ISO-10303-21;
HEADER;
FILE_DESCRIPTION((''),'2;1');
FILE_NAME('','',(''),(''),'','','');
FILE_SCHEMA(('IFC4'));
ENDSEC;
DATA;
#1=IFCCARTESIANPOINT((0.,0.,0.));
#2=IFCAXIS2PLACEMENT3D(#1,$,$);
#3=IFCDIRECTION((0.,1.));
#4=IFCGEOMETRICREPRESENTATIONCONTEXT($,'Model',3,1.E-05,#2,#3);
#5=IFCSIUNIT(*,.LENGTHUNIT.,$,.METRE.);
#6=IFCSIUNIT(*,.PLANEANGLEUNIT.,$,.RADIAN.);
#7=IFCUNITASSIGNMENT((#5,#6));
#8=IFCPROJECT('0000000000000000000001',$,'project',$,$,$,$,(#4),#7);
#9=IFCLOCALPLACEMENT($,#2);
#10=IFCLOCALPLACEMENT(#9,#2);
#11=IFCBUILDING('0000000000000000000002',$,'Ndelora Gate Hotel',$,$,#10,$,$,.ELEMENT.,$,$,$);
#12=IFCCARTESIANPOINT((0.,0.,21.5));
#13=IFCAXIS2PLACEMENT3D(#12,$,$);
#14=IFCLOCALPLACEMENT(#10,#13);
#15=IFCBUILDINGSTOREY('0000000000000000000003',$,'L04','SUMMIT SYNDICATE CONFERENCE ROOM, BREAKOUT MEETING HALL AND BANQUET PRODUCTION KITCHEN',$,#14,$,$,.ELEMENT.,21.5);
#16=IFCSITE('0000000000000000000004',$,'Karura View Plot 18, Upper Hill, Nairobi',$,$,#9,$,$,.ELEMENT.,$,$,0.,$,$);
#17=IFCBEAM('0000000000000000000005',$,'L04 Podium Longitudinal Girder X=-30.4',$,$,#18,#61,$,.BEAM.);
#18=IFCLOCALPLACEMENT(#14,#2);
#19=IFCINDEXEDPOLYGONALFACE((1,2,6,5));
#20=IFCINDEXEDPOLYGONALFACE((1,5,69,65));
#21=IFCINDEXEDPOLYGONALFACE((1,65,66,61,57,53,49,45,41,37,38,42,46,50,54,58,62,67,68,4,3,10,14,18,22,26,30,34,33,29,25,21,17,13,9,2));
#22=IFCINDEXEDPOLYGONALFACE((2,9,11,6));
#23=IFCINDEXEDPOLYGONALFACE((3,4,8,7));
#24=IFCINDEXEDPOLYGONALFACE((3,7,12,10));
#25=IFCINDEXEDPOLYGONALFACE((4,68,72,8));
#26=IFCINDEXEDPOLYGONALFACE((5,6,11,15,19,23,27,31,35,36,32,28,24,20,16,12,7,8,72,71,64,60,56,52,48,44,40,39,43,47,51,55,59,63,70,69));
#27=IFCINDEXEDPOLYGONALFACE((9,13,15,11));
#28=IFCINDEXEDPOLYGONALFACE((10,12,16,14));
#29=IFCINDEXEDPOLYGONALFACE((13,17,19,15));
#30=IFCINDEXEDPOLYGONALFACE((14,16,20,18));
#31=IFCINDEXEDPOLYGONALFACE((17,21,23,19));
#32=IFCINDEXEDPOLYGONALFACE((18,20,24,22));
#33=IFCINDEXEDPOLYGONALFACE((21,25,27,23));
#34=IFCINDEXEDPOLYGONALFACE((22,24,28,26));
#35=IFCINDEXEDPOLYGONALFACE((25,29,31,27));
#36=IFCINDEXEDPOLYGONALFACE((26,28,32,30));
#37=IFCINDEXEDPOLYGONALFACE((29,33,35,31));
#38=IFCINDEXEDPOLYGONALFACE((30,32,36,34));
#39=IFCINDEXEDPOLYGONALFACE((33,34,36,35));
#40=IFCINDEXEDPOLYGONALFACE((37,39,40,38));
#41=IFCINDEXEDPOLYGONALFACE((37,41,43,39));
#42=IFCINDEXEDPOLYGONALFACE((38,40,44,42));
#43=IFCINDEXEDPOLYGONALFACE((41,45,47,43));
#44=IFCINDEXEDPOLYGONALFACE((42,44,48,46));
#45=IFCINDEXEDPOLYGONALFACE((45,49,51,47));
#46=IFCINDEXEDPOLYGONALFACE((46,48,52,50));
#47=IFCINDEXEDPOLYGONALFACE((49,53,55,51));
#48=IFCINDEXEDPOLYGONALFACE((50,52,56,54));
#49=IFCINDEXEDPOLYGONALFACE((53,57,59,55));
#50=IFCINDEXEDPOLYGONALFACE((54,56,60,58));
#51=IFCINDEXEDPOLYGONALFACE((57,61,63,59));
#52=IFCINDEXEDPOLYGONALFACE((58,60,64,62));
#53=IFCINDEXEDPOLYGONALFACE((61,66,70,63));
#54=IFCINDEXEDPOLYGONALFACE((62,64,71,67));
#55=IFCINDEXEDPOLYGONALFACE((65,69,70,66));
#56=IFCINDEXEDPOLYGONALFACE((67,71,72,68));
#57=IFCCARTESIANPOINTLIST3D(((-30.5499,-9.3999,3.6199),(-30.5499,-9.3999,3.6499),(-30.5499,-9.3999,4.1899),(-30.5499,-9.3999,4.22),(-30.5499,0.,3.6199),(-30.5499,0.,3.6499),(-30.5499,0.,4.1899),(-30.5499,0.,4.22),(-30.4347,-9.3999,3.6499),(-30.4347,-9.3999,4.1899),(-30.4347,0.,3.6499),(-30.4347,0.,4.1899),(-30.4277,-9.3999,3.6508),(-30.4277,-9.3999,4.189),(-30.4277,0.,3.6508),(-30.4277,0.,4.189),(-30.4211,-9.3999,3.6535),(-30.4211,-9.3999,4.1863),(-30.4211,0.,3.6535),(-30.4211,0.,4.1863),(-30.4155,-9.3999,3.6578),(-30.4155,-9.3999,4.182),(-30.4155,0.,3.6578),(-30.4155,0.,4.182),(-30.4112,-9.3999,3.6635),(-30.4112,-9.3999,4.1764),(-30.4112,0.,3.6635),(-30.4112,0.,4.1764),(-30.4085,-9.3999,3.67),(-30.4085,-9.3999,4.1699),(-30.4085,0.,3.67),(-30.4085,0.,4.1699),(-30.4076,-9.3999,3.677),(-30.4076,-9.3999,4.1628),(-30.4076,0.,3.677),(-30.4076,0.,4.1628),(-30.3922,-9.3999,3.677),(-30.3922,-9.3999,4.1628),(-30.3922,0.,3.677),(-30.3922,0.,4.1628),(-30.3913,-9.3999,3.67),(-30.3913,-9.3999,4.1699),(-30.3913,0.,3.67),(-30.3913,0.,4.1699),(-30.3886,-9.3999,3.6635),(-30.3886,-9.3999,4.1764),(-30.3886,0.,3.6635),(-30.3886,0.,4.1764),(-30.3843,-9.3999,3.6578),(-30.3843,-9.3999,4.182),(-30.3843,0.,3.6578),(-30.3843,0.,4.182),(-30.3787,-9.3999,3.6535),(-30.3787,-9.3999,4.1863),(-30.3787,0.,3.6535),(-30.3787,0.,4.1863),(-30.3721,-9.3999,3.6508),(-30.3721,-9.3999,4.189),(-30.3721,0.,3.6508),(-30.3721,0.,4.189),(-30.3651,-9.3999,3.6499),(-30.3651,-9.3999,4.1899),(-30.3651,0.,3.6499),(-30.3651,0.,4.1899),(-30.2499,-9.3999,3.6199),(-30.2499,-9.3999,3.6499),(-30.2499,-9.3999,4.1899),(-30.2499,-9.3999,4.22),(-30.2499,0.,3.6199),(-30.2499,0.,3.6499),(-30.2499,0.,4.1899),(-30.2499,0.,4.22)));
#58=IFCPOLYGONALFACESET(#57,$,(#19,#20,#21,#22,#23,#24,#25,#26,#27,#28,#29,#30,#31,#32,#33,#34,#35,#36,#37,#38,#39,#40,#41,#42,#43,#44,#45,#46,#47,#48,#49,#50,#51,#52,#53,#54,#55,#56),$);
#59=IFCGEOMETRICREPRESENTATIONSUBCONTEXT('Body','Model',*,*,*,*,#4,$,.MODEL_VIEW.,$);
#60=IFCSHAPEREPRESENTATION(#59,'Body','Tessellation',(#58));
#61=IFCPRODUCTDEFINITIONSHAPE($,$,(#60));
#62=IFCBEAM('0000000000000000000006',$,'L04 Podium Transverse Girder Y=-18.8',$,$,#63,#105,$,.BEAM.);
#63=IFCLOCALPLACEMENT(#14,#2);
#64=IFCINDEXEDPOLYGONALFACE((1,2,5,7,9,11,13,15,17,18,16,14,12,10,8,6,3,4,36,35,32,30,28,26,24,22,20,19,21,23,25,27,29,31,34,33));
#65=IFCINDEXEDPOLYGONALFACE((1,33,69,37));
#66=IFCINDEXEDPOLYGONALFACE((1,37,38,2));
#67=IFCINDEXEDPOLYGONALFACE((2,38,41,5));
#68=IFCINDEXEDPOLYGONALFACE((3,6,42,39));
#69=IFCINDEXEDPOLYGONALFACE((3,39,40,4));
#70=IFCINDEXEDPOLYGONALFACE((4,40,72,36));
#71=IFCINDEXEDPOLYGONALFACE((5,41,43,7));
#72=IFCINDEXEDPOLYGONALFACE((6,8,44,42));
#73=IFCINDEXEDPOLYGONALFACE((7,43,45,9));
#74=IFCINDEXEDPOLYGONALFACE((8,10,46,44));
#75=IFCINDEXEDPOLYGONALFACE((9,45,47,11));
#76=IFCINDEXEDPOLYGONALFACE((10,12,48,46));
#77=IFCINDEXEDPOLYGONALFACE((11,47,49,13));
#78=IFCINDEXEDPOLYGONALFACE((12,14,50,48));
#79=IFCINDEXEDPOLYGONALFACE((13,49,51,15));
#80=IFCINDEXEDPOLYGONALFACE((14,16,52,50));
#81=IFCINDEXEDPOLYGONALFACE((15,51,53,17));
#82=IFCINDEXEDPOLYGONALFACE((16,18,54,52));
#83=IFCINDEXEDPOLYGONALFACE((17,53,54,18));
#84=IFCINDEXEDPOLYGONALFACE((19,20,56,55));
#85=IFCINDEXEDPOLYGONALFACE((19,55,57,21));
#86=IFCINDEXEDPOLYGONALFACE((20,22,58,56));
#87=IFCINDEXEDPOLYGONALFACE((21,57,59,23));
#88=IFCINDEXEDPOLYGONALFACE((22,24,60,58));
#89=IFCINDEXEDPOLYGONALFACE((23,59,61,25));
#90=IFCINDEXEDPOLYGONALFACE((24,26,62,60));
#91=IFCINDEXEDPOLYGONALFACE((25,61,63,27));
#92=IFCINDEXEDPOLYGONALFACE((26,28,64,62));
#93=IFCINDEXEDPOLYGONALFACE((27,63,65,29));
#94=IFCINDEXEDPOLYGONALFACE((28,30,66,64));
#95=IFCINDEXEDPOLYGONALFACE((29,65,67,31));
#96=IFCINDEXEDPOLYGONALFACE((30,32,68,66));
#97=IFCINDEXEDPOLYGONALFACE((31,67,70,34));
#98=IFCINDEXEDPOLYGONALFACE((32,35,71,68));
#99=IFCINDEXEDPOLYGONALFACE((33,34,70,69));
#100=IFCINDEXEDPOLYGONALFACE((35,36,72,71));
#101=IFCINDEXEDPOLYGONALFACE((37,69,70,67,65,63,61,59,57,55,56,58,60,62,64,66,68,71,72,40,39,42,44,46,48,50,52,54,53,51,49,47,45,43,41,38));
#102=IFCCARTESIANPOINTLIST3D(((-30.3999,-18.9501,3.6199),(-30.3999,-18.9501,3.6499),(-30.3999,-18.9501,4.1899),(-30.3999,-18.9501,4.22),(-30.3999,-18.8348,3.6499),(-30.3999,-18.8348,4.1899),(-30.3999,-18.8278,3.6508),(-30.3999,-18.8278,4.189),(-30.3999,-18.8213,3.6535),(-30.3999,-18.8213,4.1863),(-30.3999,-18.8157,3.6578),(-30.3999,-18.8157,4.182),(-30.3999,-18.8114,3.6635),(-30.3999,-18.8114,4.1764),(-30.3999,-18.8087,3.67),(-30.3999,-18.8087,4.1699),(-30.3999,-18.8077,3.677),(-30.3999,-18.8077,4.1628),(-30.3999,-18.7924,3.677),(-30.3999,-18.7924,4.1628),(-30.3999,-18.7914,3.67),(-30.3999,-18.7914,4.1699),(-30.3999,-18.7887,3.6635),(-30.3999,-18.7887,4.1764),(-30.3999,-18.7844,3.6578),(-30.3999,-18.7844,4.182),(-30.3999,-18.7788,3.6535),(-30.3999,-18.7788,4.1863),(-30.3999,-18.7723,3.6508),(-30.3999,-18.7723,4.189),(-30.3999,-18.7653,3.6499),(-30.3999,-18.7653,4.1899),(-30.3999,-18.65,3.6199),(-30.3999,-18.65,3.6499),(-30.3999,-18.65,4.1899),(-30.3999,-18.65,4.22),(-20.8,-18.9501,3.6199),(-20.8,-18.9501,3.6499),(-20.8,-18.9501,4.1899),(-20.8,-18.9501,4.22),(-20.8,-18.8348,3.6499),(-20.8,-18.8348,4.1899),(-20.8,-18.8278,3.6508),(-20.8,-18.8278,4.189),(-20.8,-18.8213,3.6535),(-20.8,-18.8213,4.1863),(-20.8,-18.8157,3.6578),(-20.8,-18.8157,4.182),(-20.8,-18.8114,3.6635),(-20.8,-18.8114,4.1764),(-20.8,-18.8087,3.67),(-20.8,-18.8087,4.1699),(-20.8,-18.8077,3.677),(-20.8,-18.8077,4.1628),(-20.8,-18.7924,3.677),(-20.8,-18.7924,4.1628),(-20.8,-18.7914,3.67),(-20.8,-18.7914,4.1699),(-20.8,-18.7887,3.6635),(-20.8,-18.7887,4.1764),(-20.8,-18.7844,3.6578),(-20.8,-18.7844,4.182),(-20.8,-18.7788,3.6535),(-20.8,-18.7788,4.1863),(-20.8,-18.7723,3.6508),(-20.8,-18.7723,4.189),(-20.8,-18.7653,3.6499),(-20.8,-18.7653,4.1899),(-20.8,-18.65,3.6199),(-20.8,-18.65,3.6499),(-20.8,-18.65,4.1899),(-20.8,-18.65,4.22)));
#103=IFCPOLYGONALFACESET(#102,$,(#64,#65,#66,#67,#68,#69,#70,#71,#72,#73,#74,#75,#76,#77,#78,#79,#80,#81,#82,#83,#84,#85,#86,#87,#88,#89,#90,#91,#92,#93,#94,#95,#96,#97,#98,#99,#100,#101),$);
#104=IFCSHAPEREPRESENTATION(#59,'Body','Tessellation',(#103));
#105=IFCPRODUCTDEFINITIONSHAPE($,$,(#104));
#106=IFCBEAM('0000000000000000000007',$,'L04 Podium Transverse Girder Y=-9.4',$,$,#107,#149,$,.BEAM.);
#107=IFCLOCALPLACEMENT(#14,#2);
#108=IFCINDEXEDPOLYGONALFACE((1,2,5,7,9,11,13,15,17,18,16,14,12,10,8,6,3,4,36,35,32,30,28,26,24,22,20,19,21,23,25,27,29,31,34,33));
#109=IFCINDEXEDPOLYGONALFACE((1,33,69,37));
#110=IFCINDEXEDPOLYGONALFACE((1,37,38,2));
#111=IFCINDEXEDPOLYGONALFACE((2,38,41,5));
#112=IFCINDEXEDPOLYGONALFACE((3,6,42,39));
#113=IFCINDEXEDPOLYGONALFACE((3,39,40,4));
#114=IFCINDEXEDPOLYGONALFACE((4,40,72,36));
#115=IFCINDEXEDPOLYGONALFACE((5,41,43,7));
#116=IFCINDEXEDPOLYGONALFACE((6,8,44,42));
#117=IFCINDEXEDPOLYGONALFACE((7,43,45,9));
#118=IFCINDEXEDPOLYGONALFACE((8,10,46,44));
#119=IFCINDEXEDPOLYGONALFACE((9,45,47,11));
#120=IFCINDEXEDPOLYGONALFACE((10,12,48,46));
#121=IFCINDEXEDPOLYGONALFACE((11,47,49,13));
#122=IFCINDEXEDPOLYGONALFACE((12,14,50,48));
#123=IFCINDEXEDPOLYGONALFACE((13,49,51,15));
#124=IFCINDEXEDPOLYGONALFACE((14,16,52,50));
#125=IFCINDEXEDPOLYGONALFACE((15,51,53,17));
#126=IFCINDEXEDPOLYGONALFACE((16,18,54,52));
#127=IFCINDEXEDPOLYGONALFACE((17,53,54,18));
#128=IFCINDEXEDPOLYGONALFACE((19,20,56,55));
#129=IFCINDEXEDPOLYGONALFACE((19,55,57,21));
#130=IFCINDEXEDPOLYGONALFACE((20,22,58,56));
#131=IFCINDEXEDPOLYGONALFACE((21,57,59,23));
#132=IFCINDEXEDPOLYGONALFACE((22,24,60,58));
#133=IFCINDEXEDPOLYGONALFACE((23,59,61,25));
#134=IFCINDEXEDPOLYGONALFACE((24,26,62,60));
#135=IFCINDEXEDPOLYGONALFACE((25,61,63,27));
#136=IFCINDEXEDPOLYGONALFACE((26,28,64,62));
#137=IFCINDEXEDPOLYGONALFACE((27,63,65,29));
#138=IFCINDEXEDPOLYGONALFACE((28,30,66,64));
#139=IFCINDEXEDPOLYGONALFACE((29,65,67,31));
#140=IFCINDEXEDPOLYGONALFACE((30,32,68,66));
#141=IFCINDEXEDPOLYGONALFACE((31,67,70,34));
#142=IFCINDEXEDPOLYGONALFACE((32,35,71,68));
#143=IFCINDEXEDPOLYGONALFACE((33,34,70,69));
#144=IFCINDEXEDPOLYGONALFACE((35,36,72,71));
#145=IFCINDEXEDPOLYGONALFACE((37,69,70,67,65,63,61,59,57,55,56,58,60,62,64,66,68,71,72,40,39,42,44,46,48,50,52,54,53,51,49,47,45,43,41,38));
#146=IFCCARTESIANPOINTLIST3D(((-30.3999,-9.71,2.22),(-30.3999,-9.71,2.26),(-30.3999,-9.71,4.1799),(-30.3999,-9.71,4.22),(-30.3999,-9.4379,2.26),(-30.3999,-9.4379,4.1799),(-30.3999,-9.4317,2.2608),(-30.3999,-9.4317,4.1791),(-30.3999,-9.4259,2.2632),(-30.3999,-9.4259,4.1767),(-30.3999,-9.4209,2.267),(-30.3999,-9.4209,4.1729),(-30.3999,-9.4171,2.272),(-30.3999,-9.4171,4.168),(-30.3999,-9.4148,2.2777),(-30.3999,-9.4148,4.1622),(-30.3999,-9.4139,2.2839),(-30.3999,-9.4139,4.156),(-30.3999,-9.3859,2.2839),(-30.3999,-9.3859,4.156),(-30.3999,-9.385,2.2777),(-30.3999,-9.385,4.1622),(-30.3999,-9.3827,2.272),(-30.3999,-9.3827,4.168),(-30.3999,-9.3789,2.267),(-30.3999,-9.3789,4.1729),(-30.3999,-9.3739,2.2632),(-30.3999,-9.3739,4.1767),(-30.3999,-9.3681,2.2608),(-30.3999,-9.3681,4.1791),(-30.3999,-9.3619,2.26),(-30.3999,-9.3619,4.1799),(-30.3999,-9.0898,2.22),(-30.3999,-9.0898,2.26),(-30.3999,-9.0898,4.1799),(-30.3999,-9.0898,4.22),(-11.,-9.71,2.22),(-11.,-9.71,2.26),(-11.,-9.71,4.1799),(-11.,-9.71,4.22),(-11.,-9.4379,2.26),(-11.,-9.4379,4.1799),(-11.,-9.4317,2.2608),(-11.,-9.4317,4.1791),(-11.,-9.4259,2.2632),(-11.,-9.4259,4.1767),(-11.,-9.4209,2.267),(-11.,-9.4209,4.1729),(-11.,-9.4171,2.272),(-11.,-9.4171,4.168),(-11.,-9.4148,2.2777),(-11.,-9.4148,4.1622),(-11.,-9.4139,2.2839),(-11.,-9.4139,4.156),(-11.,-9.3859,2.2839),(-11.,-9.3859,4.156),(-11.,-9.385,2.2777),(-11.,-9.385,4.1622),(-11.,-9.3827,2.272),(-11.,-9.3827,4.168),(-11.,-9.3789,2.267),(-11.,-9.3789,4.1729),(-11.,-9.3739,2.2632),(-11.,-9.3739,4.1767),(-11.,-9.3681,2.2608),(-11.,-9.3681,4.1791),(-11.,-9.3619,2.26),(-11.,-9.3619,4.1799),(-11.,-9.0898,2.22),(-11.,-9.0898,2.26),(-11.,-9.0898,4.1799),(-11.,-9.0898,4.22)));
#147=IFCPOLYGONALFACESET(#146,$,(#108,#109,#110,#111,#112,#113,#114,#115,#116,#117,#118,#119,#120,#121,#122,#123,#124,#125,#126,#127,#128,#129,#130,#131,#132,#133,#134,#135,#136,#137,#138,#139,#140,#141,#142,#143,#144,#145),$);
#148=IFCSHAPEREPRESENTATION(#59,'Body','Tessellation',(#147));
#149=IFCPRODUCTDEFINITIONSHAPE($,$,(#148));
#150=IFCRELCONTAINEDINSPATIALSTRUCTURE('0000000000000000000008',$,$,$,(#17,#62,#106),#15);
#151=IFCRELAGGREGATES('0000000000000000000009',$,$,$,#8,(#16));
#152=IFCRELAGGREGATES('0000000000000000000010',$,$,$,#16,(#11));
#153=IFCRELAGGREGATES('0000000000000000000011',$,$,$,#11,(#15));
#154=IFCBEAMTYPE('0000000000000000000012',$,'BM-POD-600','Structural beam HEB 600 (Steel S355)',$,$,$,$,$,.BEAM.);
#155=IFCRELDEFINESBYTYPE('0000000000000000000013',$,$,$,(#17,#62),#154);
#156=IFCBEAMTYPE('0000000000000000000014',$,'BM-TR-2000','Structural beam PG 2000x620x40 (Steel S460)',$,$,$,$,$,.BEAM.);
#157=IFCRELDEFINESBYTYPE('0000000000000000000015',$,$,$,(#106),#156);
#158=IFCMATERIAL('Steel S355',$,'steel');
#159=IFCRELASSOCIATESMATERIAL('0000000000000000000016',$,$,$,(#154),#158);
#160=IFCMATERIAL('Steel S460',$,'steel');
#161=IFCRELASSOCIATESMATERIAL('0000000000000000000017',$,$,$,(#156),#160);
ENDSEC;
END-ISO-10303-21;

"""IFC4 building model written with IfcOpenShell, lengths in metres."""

from ifc_helpers import new_model, si_unit, direction, frame, origin, origin_2d, place, context, subcontext, project, spatial, i_section, extrude, material, material_profile, profile_set, type_object, element, save


model = new_model("IFC4")

# Units and contexts
model_context = context("Model", 3, precision=1e-05, world=origin(), true_north=direction((0.0, 1.0)))
body_context = subcontext(model_context, "Body", "Model", "MODEL_VIEW")
ifc_project = project(units=[si_unit("LENGTHUNIT", "METRE"), si_unit("PLANEANGLEUNIT", "RADIAN")], contexts=[model_context])

# Site, building, storey
site_placement = place(None, origin())
site = spatial("IfcSite", under=ifc_project, at=site_placement, Name="Karura View Plot 18, Upper Hill, Nairobi", CompositionType="ELEMENT", RefElevation=0.0)
building_placement = place(site_placement, origin())
building = spatial("IfcBuilding", under=site, at=building_placement, Name="Ndelora Gate Hotel", CompositionType="ELEMENT")
storey_placement = place(building_placement, frame((0.0, 0.0, 21.5)))
storey = spatial("IfcBuildingStorey", under=building, at=storey_placement, Name="L04", Description="SUMMIT SYNDICATE CONFERENCE ROOM, BREAKOUT MEETING HALL AND BANQUET PRODUCTION KITCHEN", CompositionType="ELEMENT", Elevation=21.5)

# Beams
ifc_material_1 = material(Name="Steel S355", Category="steel")
ifc_material_profile_1 = material_profile(ifc_material_1, i_section(OverallWidth=0.3, OverallDepth=0.6001, WebThickness=0.0154, FlangeThickness=0.03, FilletRadius=0.0271, at=origin_2d()), Name="HEB 600")
ifc_profile_set_1 = profile_set([ifc_material_profile_1], Name="Steel S355")
beam_type_1 = type_object("IfcBeamType", Name="BM-POD-600", Description="Structural beam HEB 600 (Steel S355)", PredefinedType="BEAM", material=ifc_profile_set_1)
beam_1_placement = place(storey_placement, frame((-30.3999, -9.3999, 3.9199), z_axis=(0.0, 1.0, 0.0), x_axis=(-1.0, 0.0, 0.0)))
element("IfcBeam", 1, at=beam_1_placement, inside=storey, type_object=beam_type_1, Name="L04 Podium Longitudinal Girder X=-30.4", PredefinedType="BEAM", context=body_context, shape_type="SweptSolid", body=[
    extrude(i_section(OverallWidth=0.3, OverallDepth=0.6001, WebThickness=0.0154, FlangeThickness=0.03, FilletRadius=0.0271, at=origin_2d()), origin(), (0.0, 0.0, 1.0), 9.3999),
])
beam_2_placement = place(storey_placement, frame((-30.3999, -18.8, 3.9199), z_axis=(1.0, 0.0, 0.0), x_axis=(0.0, 1.0, 0.0)))
element("IfcBeam", 2, at=beam_2_placement, inside=storey, type_object=beam_type_1, Name="L04 Podium Transverse Girder Y=-18.8", PredefinedType="BEAM", context=body_context, shape_type="SweptSolid", body=[
    extrude(i_section(OverallWidth=0.3, OverallDepth=0.6001, WebThickness=0.0154, FlangeThickness=0.03, FilletRadius=0.0271, at=origin_2d()), origin(), (0.0, 0.0, 1.0), 9.5999),
])
ifc_material_2 = material(Name="Steel S460", Category="steel")
ifc_material_profile_2 = material_profile(ifc_material_2, i_section(OverallWidth=0.6201, OverallDepth=2.0, WebThickness=0.0281, FlangeThickness=0.04, FilletRadius=0.0239, at=origin_2d()), Name="PG 2000x620x40")
ifc_profile_set_2 = profile_set([ifc_material_profile_2], Name="Steel S460")
beam_type_2 = type_object("IfcBeamType", Name="BM-TR-2000", Description="Structural beam PG 2000x620x40 (Steel S460)", PredefinedType="BEAM", material=ifc_profile_set_2)
beam_3_placement = place(storey_placement, frame((-30.3999, -9.3999, 3.22), z_axis=(1.0, 0.0, 0.0), x_axis=(0.0, 1.0, 0.0)))
element("IfcBeam", 3, at=beam_3_placement, inside=storey, type_object=beam_type_2, Name="L04 Podium Transverse Girder Y=-9.4", PredefinedType="BEAM", context=body_context, shape_type="SweptSolid", body=[
    extrude(i_section(OverallWidth=0.6201, OverallDepth=2.0, WebThickness=0.0281, FlangeThickness=0.04, FilletRadius=0.0239, at=origin_2d()), origin(), (0.0, 0.0, 1.0), 19.3999),
])

save(model, "model.ifc")
